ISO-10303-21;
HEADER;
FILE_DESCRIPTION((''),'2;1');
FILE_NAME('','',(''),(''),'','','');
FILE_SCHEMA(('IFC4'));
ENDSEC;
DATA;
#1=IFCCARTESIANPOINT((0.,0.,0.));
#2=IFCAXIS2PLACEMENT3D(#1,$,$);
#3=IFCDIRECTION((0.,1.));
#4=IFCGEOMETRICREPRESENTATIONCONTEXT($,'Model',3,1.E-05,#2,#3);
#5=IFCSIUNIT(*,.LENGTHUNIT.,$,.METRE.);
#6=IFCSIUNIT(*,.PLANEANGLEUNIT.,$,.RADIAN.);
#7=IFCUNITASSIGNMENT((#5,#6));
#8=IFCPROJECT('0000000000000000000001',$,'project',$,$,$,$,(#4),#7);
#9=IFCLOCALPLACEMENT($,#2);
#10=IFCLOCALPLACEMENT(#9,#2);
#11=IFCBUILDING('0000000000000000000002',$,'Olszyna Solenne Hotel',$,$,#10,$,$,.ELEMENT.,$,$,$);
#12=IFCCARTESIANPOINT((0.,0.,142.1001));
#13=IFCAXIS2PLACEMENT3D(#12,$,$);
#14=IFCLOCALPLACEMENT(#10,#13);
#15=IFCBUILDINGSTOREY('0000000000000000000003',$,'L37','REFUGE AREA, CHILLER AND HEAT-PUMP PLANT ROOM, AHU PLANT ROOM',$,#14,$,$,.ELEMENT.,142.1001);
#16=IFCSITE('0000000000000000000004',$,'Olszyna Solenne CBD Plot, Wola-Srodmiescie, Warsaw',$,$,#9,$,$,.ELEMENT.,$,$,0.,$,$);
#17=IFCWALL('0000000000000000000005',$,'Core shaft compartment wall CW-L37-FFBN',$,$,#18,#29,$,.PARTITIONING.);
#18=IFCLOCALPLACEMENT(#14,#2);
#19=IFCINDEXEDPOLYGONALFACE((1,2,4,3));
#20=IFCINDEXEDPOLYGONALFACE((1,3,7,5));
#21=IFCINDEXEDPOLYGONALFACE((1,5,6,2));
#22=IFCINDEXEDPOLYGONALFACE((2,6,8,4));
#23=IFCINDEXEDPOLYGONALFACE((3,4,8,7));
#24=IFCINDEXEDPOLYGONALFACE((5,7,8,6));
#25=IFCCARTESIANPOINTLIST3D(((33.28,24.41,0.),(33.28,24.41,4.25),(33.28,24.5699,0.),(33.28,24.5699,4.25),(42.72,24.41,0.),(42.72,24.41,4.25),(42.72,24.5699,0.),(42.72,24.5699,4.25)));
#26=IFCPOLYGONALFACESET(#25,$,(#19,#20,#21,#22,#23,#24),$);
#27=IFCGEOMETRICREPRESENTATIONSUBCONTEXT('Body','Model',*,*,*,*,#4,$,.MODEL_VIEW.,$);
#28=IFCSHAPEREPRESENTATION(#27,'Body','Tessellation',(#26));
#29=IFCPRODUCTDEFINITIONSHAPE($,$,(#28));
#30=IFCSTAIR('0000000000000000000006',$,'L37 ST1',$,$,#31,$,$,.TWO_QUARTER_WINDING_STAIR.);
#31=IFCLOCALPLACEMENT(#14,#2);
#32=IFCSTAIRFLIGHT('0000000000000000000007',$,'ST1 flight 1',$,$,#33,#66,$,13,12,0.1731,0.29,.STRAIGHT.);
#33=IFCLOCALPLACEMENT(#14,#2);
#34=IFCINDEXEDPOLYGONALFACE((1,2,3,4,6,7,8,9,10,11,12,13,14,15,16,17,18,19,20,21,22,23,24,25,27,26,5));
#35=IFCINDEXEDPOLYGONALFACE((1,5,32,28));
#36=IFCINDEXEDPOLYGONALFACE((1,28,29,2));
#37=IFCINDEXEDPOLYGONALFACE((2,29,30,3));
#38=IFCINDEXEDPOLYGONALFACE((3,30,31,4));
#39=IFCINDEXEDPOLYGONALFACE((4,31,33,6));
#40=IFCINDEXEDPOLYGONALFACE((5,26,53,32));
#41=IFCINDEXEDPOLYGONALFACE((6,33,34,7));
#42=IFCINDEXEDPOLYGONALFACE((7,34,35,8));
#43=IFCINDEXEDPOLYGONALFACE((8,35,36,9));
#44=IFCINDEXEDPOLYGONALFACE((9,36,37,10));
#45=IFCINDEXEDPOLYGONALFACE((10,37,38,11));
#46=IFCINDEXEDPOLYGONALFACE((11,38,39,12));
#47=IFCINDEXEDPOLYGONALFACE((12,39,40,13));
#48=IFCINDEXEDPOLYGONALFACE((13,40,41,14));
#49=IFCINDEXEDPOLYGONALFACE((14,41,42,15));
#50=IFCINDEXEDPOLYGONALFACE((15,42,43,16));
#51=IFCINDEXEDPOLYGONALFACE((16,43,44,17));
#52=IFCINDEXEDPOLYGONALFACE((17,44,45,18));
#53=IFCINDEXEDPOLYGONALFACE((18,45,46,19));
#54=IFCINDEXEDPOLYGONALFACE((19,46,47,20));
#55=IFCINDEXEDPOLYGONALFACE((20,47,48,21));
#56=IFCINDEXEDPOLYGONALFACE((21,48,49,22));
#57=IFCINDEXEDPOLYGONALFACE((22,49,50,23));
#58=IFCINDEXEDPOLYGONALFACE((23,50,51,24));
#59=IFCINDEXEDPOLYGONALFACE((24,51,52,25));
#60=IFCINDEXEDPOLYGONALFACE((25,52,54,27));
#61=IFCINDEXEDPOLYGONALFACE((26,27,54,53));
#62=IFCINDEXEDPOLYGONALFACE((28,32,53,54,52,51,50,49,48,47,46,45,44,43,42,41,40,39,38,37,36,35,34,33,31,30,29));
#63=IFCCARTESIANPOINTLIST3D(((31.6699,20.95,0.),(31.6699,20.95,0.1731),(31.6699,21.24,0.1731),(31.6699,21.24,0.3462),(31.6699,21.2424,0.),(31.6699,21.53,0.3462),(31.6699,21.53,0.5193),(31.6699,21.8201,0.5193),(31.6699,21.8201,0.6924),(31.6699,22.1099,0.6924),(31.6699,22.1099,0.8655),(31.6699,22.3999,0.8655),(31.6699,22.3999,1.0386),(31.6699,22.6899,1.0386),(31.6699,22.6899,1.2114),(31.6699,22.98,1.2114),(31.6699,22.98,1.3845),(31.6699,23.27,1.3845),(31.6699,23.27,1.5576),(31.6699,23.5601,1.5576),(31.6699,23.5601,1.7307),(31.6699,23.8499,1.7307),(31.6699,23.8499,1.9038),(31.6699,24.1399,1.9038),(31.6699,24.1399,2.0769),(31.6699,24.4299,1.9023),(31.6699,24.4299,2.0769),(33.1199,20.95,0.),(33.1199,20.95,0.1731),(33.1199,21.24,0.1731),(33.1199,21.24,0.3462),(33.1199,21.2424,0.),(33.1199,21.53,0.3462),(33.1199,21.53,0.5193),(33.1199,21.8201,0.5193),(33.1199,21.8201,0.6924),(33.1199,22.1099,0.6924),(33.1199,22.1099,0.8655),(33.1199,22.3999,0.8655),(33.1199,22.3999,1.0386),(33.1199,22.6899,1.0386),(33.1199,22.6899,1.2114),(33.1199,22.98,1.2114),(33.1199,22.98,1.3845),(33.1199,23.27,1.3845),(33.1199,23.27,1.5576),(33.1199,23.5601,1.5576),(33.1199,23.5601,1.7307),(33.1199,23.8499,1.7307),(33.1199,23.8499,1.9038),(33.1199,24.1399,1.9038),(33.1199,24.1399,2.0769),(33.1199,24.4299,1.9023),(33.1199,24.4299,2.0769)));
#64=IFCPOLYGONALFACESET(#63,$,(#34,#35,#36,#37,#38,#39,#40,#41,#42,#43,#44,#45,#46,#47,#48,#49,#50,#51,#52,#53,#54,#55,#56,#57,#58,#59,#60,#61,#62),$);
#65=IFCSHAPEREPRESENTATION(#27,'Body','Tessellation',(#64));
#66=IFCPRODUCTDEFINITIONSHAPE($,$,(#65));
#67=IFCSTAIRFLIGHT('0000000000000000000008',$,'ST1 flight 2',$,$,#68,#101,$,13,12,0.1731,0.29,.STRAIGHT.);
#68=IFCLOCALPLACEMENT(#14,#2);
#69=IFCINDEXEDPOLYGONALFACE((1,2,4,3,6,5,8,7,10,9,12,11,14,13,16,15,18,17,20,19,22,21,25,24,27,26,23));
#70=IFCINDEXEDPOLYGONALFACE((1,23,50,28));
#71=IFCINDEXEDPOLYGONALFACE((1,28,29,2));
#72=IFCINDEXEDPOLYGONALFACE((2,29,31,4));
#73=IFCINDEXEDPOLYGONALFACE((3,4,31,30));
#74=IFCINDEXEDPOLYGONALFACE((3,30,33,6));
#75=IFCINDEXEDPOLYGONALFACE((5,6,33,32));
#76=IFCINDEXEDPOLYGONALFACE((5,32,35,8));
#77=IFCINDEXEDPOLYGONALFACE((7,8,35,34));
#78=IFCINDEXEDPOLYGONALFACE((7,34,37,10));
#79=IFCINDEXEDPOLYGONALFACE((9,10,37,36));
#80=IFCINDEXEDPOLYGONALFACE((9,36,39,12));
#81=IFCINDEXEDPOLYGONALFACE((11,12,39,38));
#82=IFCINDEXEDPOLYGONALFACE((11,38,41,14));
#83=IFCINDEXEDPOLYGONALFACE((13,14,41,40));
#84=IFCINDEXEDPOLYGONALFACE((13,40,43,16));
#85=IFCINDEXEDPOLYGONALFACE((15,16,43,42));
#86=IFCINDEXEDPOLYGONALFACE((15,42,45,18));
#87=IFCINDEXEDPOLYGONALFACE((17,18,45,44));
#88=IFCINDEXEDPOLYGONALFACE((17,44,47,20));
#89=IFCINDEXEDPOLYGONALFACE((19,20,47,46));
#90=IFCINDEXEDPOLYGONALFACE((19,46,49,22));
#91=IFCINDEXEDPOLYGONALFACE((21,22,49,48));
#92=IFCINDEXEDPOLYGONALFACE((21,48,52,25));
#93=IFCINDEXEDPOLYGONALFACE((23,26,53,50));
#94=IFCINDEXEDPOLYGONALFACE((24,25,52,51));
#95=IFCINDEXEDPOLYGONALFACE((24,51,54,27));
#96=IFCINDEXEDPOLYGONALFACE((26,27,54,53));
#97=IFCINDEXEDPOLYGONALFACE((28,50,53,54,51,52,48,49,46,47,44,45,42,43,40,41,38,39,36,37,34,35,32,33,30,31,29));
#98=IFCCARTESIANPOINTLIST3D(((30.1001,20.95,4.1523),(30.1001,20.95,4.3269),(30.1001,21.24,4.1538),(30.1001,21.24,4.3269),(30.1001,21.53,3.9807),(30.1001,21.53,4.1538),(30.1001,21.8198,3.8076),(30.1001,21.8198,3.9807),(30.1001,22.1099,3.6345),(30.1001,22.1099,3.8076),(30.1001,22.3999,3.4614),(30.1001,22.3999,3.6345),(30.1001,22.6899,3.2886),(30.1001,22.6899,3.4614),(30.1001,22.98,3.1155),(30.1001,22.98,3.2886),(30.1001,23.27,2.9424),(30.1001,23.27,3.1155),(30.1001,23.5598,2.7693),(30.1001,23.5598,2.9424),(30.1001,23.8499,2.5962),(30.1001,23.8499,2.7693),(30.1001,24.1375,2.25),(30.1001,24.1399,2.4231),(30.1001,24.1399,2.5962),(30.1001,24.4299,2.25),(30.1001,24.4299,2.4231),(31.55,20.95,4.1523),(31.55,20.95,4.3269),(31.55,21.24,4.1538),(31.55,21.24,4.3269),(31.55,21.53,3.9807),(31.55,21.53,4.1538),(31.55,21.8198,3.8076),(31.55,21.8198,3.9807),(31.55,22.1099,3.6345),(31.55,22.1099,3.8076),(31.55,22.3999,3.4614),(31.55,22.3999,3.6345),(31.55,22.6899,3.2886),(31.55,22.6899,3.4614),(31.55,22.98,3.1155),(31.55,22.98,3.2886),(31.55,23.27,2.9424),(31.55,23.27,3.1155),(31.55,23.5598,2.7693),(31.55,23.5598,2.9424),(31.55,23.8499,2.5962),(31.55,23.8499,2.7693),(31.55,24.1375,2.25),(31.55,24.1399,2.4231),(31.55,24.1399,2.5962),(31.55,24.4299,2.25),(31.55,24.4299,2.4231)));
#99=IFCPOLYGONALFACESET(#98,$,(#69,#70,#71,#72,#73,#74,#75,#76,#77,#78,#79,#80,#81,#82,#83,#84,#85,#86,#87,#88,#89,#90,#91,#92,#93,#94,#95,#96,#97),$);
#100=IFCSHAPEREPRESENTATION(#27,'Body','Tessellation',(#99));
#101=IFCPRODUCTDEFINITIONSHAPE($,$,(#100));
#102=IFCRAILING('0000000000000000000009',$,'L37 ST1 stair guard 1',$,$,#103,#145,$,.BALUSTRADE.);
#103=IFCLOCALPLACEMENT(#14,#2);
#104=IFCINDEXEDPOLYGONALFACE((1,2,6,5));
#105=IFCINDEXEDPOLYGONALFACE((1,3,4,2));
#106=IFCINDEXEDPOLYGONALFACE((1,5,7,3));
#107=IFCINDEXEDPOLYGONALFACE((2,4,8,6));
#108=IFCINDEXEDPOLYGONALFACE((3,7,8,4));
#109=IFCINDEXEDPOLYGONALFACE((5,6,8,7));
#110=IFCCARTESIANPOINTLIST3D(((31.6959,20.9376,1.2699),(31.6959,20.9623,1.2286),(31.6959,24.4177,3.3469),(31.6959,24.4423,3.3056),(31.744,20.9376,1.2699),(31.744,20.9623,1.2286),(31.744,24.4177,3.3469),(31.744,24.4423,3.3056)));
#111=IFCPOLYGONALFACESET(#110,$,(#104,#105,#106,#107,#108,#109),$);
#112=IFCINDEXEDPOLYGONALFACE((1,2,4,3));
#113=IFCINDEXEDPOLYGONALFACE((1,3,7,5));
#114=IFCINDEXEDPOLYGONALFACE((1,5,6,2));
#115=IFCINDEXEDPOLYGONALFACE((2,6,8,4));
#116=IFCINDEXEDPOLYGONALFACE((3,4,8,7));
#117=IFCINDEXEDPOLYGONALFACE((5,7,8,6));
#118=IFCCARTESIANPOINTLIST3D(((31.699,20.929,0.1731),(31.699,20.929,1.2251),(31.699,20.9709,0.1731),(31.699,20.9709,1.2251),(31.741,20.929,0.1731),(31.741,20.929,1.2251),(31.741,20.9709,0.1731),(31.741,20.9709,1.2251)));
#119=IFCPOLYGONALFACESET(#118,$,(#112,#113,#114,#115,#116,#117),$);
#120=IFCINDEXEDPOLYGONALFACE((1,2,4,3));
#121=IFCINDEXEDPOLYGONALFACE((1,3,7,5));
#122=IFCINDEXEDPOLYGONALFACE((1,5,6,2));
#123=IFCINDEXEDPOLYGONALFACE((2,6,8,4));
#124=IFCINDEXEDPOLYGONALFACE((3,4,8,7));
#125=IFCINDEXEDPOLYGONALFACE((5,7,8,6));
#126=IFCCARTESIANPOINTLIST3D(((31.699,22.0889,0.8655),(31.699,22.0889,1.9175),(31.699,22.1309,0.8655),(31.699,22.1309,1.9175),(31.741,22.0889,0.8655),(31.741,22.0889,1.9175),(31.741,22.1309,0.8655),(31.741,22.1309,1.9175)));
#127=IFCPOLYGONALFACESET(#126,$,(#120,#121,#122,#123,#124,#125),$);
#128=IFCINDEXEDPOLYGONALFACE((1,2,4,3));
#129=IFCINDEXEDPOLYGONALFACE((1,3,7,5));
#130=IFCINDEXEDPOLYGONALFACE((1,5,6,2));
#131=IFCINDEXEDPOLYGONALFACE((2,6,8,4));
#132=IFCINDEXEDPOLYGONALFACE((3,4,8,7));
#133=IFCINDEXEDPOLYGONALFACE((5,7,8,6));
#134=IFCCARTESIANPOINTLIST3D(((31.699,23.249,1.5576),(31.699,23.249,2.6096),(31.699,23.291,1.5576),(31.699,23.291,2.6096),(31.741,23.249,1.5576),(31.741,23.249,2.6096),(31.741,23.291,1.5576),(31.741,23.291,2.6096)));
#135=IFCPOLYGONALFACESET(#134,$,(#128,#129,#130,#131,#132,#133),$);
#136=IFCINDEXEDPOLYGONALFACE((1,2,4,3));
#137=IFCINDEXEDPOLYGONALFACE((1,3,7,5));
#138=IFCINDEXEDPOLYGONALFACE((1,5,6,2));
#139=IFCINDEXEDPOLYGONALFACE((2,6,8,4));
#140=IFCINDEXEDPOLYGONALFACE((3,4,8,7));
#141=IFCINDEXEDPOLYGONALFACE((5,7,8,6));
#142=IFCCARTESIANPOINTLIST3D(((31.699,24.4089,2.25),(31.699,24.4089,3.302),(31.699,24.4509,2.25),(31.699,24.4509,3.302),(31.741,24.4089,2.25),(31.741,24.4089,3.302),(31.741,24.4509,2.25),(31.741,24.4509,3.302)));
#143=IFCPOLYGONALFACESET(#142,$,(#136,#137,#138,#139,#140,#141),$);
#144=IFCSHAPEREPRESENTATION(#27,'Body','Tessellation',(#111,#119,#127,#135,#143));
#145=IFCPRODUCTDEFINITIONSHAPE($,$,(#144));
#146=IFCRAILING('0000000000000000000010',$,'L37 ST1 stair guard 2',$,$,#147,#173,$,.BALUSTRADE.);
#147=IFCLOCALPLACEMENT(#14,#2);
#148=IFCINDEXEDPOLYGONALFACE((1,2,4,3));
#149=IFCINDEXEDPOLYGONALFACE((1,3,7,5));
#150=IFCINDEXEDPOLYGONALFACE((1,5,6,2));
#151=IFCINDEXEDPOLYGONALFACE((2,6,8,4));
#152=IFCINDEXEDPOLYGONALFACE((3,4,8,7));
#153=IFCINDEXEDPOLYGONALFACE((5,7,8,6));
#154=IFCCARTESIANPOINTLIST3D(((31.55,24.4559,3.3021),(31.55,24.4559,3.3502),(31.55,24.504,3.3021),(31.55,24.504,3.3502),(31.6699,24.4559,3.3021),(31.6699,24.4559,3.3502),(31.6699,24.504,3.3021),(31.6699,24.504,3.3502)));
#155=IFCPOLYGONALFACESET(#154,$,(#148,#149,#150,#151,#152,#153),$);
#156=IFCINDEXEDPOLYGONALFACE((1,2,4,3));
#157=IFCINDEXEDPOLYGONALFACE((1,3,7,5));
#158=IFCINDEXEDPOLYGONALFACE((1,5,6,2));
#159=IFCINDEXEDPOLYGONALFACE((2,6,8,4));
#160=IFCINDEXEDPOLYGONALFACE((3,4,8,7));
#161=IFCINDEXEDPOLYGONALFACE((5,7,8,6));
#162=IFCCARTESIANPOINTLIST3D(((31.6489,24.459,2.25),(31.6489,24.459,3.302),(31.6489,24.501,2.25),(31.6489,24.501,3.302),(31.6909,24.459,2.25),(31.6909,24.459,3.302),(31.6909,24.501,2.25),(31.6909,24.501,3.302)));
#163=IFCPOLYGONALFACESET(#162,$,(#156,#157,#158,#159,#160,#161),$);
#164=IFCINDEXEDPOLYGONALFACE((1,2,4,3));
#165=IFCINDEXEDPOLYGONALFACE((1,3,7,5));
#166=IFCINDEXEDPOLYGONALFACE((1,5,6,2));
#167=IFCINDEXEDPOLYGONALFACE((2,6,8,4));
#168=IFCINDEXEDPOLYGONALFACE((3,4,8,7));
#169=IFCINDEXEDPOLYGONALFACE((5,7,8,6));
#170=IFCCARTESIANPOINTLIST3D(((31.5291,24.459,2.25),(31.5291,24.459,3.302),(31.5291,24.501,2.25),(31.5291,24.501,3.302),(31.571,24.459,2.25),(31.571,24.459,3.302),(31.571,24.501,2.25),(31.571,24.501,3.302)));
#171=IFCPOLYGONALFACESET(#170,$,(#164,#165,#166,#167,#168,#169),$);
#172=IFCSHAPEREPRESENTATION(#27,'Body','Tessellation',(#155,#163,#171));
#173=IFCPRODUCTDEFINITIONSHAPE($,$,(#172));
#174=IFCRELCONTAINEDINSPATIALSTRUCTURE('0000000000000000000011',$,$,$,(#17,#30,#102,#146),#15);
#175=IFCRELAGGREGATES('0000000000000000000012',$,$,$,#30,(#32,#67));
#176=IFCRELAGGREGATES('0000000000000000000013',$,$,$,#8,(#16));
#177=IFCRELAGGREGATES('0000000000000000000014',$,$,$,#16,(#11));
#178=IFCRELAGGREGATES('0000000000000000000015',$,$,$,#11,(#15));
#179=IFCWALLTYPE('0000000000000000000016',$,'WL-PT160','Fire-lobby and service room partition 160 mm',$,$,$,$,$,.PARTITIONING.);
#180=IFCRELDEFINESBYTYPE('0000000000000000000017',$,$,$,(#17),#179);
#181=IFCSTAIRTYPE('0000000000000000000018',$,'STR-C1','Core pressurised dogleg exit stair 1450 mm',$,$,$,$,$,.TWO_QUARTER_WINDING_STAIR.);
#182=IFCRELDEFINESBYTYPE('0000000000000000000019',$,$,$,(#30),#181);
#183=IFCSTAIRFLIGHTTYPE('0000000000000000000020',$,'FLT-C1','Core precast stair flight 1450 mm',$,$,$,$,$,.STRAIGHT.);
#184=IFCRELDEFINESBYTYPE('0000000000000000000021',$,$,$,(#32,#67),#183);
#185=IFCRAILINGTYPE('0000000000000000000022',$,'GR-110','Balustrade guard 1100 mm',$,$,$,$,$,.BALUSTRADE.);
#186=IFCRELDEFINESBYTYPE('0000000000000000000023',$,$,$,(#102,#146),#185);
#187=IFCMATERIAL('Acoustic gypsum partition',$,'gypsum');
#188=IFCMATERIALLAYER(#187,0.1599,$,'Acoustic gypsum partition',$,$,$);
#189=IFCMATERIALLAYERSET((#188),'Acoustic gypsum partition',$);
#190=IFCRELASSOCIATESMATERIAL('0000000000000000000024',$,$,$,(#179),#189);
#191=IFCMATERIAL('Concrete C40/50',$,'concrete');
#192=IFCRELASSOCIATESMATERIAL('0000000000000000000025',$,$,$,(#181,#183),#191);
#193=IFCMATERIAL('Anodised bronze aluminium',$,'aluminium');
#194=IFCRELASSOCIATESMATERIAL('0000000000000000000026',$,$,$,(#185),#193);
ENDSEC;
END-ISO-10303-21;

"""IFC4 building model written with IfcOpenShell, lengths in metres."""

from ifc_helpers import new_model, si_unit, direction, frame, frame_2d, origin, origin_2d, place, context, subcontext, project, spatial, polyline, rectangle, outline, extrude, material, layer, layer_set, type_object, element, aggregate, save


model = new_model("IFC4")

# Units and contexts
model_context = context("Model", 3, precision=1e-05, world=origin(), true_north=direction((0.0, 1.0)))
body_context = subcontext(model_context, "Body", "Model", "MODEL_VIEW")
ifc_project = project(units=[si_unit("LENGTHUNIT", "METRE"), si_unit("PLANEANGLEUNIT", "RADIAN")], contexts=[model_context])

# Site, building, storey
site_placement = place(None, origin())
site = spatial("IfcSite", under=ifc_project, at=site_placement, Name="Olszyna Solenne CBD Plot, Wola-Srodmiescie, Warsaw", CompositionType="ELEMENT", RefElevation=0.0)
building_placement = place(site_placement, origin())
building = spatial("IfcBuilding", under=site, at=building_placement, Name="Olszyna Solenne Hotel", CompositionType="ELEMENT")
storey_placement = place(building_placement, frame((0.0, 0.0, 142.1001)))
storey = spatial("IfcBuildingStorey", under=building, at=storey_placement, Name="L37", Description="REFUGE AREA, CHILLER AND HEAT-PUMP PLANT ROOM, AHU PLANT ROOM", CompositionType="ELEMENT", Elevation=142.1001)

# Shared definitions
ifc_material_1 = material(Name="Acoustic gypsum partition", Category="gypsum")

# Shared definitions
ifc_layer_1 = layer(ifc_material_1, 0.1599, Name="Acoustic gypsum partition")
ifc_layer_set_1 = layer_set([ifc_layer_1], Name="Acoustic gypsum partition")
wall_type_1 = type_object("IfcWallType", Name="WL-PT160", Description="Fire-lobby and service room partition 160 mm", PredefinedType="PARTITIONING", material=ifc_layer_set_1)

# Wall
wall_1_placement = place(storey_placement, frame((33.28, 24.49, 0.0), z_axis=(0.0, 0.0, 1.0), x_axis=(1.0, 0.0, 0.0)))
element("IfcWall", 1, at=wall_1_placement, inside=storey, type_object=wall_type_1, Name="Core shaft compartment wall CW-L37-FFBN", PredefinedType="PARTITIONING", context=body_context, shape_type="SweptSolid", body=[
    extrude(rectangle(XDim=9.4399, YDim=0.1599, at=frame_2d((4.72, 0.0))), origin(), (0.0, 0.0, 1.0), 4.25),
])

# Stair, stair flights
ifc_material_2 = material(Name="Concrete C40/50", Category="concrete")
stair_type = type_object("IfcStairType", Name="STR-C1", Description="Core pressurised dogleg exit stair 1450 mm", PredefinedType="TWO_QUARTER_WINDING_STAIR", material=ifc_material_2)
stair_placement = place(storey_placement, origin())
stair = element("IfcStair", 2, at=stair_placement, inside=storey, type_object=stair_type, Name="L37 ST1", PredefinedType="TWO_QUARTER_WINDING_STAIR")
stair_flight_type = type_object("IfcStairFlightType", Name="FLT-C1", Description="Core precast stair flight 1450 mm", PredefinedType="STRAIGHT", material=ifc_material_2)
stair_flight_1_placement = place(storey_placement, frame((32.395, 20.95, 0.0), z_axis=(0.0, 0.0, 1.0), x_axis=(0.0, 1.0, 0.0)))
stair_flight_1 = element("IfcStairFlight", 3, at=stair_flight_1_placement, type_object=stair_flight_type, Name="ST1 flight 1", NumberOfRisers=13, NumberOfTreads=12, PredefinedType="STRAIGHT", RiserHeight=0.1731, TreadLength=0.29, context=body_context, shape_type="SweptSolid", body=[
    extrude(outline(polyline([(0.0, 0.0), (0.0, 0.1731), (0.29, 0.1731), (0.29, 0.3462), (0.5801, 0.3462), (0.5801, 0.5193), (0.8701, 0.5193), (0.8701, 0.6924), (1.1599, 0.6924), (1.1599, 0.8655), (1.45, 0.8655), (1.45, 1.0386), (1.74, 1.0386), (1.74, 1.2114), (2.03, 1.2114), (2.03, 1.3845), (2.3201, 1.3845), (2.3201, 1.5576), (2.6101, 1.5576), (2.6101, 1.7307), (2.8999, 1.7307), (2.8999, 1.9038), (3.1899, 1.9038), (3.1899, 2.0769), (3.48, 2.0769), (3.48, 2.25), (3.48, 1.9023), (0.2925, 0.0), (0.0, 0.0)])), frame((0.0, 0.7251, 0.0), z_axis=(0.0, -1.0, 0.0), x_axis=(1.0, 0.0, 0.0)), (0.0, 0.0, 1.0), 1.45),
])
stair_flight_2_placement = place(storey_placement, frame((30.825, 24.4299, 2.25), z_axis=(0.0, 0.0, 1.0), x_axis=(0.0, -1.0, 0.0)))
stair_flight_2 = element("IfcStairFlight", 4, at=stair_flight_2_placement, type_object=stair_flight_type, Name="ST1 flight 2", NumberOfRisers=13, NumberOfTreads=12, PredefinedType="STRAIGHT", RiserHeight=0.1731, TreadLength=0.29, context=body_context, shape_type="SweptSolid", body=[
    extrude(outline(polyline([(0.0, 0.0), (0.0, 0.1731), (0.29, 0.1731), (0.29, 0.3462), (0.5801, 0.3462), (0.5801, 0.5193), (0.8701, 0.5193), (0.8701, 0.6924), (1.1599, 0.6924), (1.1599, 0.8655), (1.45, 0.8655), (1.45, 1.0386), (1.74, 1.0386), (1.74, 1.2114), (2.03, 1.2114), (2.03, 1.3845), (2.3201, 1.3845), (2.3201, 1.5576), (2.6101, 1.5576), (2.6101, 1.7307), (2.8999, 1.7307), (2.8999, 1.9038), (3.1899, 1.9038), (3.1899, 2.0769), (3.48, 2.0769), (3.48, 2.25), (3.48, 1.9023), (0.2925, 0.0), (0.0, 0.0)])), frame((0.0, 0.7251, 0.0), z_axis=(0.0, -1.0, 0.0), x_axis=(1.0, 0.0, 0.0)), (0.0, 0.0, 1.0), 1.45),
])
aggregate(stair, [stair_flight_1, stair_flight_2])

# Railings
ifc_material_3 = material(Name="Anodised bronze aluminium", Category="aluminium")
railing_type_1 = type_object("IfcRailingType", Name="GR-110", Description="Balustrade guard 1100 mm", PredefinedType="BALUSTRADE", material=ifc_material_3)
railing_1_placement = place(storey_placement, frame((31.72, 20.95, 0.1731)))
element("IfcRailing", 5, at=railing_1_placement, inside=storey, type_object=railing_type_1, Name="L37 ST1 stair guard 1", PredefinedType="BALUSTRADE", context=body_context, shape_type="SweptSolid", body=[
    extrude(rectangle(XDim=0.0481, YDim=0.0481, at=origin_2d()), frame((0.0, 0.0, 1.0762), z_axis=(0.0, 0.858697, 0.512483), x_axis=(-1.0, 0.0, 0.0)), (0.0, 0.0, 1.0), 4.0527),
    extrude(rectangle(XDim=0.042, YDim=0.042, at=origin_2d()), origin(), (0.0, 0.0, 1.0), 1.052),
    extrude(rectangle(XDim=0.042, YDim=0.042, at=origin_2d()), frame((0.0, 1.1599, 0.6924)), (0.0, 0.0, 1.0), 1.052),
    extrude(rectangle(XDim=0.042, YDim=0.042, at=origin_2d()), frame((0.0, 2.3201, 1.3845)), (0.0, 0.0, 1.0), 1.052),
    extrude(rectangle(XDim=0.042, YDim=0.042, at=origin_2d()), frame((0.0, 3.48, 2.0769)), (0.0, 0.0, 1.0), 1.052),
])
railing_2_placement = place(storey_placement, frame((31.6699, 24.48, 2.25)))
element("IfcRailing", 6, at=railing_2_placement, inside=storey, type_object=railing_type_1, Name="L37 ST1 stair guard 2", PredefinedType="BALUSTRADE", context=body_context, shape_type="SweptSolid", body=[
    extrude(rectangle(XDim=0.0481, YDim=0.0481, at=origin_2d()), frame((0.0, 0.0, 1.0762), z_axis=(-1.0, 0.0, 0.0), x_axis=(0.0, -1.0, 0.0)), (0.0, 0.0, 1.0), 0.1199),
    extrude(rectangle(XDim=0.042, YDim=0.042, at=origin_2d()), origin(), (0.0, 0.0, 1.0), 1.052),
    extrude(rectangle(XDim=0.042, YDim=0.042, at=origin_2d()), frame((-0.1199, 0.0, 0.0)), (0.0, 0.0, 1.0), 1.052),
])

save(model, "model.ifc")
